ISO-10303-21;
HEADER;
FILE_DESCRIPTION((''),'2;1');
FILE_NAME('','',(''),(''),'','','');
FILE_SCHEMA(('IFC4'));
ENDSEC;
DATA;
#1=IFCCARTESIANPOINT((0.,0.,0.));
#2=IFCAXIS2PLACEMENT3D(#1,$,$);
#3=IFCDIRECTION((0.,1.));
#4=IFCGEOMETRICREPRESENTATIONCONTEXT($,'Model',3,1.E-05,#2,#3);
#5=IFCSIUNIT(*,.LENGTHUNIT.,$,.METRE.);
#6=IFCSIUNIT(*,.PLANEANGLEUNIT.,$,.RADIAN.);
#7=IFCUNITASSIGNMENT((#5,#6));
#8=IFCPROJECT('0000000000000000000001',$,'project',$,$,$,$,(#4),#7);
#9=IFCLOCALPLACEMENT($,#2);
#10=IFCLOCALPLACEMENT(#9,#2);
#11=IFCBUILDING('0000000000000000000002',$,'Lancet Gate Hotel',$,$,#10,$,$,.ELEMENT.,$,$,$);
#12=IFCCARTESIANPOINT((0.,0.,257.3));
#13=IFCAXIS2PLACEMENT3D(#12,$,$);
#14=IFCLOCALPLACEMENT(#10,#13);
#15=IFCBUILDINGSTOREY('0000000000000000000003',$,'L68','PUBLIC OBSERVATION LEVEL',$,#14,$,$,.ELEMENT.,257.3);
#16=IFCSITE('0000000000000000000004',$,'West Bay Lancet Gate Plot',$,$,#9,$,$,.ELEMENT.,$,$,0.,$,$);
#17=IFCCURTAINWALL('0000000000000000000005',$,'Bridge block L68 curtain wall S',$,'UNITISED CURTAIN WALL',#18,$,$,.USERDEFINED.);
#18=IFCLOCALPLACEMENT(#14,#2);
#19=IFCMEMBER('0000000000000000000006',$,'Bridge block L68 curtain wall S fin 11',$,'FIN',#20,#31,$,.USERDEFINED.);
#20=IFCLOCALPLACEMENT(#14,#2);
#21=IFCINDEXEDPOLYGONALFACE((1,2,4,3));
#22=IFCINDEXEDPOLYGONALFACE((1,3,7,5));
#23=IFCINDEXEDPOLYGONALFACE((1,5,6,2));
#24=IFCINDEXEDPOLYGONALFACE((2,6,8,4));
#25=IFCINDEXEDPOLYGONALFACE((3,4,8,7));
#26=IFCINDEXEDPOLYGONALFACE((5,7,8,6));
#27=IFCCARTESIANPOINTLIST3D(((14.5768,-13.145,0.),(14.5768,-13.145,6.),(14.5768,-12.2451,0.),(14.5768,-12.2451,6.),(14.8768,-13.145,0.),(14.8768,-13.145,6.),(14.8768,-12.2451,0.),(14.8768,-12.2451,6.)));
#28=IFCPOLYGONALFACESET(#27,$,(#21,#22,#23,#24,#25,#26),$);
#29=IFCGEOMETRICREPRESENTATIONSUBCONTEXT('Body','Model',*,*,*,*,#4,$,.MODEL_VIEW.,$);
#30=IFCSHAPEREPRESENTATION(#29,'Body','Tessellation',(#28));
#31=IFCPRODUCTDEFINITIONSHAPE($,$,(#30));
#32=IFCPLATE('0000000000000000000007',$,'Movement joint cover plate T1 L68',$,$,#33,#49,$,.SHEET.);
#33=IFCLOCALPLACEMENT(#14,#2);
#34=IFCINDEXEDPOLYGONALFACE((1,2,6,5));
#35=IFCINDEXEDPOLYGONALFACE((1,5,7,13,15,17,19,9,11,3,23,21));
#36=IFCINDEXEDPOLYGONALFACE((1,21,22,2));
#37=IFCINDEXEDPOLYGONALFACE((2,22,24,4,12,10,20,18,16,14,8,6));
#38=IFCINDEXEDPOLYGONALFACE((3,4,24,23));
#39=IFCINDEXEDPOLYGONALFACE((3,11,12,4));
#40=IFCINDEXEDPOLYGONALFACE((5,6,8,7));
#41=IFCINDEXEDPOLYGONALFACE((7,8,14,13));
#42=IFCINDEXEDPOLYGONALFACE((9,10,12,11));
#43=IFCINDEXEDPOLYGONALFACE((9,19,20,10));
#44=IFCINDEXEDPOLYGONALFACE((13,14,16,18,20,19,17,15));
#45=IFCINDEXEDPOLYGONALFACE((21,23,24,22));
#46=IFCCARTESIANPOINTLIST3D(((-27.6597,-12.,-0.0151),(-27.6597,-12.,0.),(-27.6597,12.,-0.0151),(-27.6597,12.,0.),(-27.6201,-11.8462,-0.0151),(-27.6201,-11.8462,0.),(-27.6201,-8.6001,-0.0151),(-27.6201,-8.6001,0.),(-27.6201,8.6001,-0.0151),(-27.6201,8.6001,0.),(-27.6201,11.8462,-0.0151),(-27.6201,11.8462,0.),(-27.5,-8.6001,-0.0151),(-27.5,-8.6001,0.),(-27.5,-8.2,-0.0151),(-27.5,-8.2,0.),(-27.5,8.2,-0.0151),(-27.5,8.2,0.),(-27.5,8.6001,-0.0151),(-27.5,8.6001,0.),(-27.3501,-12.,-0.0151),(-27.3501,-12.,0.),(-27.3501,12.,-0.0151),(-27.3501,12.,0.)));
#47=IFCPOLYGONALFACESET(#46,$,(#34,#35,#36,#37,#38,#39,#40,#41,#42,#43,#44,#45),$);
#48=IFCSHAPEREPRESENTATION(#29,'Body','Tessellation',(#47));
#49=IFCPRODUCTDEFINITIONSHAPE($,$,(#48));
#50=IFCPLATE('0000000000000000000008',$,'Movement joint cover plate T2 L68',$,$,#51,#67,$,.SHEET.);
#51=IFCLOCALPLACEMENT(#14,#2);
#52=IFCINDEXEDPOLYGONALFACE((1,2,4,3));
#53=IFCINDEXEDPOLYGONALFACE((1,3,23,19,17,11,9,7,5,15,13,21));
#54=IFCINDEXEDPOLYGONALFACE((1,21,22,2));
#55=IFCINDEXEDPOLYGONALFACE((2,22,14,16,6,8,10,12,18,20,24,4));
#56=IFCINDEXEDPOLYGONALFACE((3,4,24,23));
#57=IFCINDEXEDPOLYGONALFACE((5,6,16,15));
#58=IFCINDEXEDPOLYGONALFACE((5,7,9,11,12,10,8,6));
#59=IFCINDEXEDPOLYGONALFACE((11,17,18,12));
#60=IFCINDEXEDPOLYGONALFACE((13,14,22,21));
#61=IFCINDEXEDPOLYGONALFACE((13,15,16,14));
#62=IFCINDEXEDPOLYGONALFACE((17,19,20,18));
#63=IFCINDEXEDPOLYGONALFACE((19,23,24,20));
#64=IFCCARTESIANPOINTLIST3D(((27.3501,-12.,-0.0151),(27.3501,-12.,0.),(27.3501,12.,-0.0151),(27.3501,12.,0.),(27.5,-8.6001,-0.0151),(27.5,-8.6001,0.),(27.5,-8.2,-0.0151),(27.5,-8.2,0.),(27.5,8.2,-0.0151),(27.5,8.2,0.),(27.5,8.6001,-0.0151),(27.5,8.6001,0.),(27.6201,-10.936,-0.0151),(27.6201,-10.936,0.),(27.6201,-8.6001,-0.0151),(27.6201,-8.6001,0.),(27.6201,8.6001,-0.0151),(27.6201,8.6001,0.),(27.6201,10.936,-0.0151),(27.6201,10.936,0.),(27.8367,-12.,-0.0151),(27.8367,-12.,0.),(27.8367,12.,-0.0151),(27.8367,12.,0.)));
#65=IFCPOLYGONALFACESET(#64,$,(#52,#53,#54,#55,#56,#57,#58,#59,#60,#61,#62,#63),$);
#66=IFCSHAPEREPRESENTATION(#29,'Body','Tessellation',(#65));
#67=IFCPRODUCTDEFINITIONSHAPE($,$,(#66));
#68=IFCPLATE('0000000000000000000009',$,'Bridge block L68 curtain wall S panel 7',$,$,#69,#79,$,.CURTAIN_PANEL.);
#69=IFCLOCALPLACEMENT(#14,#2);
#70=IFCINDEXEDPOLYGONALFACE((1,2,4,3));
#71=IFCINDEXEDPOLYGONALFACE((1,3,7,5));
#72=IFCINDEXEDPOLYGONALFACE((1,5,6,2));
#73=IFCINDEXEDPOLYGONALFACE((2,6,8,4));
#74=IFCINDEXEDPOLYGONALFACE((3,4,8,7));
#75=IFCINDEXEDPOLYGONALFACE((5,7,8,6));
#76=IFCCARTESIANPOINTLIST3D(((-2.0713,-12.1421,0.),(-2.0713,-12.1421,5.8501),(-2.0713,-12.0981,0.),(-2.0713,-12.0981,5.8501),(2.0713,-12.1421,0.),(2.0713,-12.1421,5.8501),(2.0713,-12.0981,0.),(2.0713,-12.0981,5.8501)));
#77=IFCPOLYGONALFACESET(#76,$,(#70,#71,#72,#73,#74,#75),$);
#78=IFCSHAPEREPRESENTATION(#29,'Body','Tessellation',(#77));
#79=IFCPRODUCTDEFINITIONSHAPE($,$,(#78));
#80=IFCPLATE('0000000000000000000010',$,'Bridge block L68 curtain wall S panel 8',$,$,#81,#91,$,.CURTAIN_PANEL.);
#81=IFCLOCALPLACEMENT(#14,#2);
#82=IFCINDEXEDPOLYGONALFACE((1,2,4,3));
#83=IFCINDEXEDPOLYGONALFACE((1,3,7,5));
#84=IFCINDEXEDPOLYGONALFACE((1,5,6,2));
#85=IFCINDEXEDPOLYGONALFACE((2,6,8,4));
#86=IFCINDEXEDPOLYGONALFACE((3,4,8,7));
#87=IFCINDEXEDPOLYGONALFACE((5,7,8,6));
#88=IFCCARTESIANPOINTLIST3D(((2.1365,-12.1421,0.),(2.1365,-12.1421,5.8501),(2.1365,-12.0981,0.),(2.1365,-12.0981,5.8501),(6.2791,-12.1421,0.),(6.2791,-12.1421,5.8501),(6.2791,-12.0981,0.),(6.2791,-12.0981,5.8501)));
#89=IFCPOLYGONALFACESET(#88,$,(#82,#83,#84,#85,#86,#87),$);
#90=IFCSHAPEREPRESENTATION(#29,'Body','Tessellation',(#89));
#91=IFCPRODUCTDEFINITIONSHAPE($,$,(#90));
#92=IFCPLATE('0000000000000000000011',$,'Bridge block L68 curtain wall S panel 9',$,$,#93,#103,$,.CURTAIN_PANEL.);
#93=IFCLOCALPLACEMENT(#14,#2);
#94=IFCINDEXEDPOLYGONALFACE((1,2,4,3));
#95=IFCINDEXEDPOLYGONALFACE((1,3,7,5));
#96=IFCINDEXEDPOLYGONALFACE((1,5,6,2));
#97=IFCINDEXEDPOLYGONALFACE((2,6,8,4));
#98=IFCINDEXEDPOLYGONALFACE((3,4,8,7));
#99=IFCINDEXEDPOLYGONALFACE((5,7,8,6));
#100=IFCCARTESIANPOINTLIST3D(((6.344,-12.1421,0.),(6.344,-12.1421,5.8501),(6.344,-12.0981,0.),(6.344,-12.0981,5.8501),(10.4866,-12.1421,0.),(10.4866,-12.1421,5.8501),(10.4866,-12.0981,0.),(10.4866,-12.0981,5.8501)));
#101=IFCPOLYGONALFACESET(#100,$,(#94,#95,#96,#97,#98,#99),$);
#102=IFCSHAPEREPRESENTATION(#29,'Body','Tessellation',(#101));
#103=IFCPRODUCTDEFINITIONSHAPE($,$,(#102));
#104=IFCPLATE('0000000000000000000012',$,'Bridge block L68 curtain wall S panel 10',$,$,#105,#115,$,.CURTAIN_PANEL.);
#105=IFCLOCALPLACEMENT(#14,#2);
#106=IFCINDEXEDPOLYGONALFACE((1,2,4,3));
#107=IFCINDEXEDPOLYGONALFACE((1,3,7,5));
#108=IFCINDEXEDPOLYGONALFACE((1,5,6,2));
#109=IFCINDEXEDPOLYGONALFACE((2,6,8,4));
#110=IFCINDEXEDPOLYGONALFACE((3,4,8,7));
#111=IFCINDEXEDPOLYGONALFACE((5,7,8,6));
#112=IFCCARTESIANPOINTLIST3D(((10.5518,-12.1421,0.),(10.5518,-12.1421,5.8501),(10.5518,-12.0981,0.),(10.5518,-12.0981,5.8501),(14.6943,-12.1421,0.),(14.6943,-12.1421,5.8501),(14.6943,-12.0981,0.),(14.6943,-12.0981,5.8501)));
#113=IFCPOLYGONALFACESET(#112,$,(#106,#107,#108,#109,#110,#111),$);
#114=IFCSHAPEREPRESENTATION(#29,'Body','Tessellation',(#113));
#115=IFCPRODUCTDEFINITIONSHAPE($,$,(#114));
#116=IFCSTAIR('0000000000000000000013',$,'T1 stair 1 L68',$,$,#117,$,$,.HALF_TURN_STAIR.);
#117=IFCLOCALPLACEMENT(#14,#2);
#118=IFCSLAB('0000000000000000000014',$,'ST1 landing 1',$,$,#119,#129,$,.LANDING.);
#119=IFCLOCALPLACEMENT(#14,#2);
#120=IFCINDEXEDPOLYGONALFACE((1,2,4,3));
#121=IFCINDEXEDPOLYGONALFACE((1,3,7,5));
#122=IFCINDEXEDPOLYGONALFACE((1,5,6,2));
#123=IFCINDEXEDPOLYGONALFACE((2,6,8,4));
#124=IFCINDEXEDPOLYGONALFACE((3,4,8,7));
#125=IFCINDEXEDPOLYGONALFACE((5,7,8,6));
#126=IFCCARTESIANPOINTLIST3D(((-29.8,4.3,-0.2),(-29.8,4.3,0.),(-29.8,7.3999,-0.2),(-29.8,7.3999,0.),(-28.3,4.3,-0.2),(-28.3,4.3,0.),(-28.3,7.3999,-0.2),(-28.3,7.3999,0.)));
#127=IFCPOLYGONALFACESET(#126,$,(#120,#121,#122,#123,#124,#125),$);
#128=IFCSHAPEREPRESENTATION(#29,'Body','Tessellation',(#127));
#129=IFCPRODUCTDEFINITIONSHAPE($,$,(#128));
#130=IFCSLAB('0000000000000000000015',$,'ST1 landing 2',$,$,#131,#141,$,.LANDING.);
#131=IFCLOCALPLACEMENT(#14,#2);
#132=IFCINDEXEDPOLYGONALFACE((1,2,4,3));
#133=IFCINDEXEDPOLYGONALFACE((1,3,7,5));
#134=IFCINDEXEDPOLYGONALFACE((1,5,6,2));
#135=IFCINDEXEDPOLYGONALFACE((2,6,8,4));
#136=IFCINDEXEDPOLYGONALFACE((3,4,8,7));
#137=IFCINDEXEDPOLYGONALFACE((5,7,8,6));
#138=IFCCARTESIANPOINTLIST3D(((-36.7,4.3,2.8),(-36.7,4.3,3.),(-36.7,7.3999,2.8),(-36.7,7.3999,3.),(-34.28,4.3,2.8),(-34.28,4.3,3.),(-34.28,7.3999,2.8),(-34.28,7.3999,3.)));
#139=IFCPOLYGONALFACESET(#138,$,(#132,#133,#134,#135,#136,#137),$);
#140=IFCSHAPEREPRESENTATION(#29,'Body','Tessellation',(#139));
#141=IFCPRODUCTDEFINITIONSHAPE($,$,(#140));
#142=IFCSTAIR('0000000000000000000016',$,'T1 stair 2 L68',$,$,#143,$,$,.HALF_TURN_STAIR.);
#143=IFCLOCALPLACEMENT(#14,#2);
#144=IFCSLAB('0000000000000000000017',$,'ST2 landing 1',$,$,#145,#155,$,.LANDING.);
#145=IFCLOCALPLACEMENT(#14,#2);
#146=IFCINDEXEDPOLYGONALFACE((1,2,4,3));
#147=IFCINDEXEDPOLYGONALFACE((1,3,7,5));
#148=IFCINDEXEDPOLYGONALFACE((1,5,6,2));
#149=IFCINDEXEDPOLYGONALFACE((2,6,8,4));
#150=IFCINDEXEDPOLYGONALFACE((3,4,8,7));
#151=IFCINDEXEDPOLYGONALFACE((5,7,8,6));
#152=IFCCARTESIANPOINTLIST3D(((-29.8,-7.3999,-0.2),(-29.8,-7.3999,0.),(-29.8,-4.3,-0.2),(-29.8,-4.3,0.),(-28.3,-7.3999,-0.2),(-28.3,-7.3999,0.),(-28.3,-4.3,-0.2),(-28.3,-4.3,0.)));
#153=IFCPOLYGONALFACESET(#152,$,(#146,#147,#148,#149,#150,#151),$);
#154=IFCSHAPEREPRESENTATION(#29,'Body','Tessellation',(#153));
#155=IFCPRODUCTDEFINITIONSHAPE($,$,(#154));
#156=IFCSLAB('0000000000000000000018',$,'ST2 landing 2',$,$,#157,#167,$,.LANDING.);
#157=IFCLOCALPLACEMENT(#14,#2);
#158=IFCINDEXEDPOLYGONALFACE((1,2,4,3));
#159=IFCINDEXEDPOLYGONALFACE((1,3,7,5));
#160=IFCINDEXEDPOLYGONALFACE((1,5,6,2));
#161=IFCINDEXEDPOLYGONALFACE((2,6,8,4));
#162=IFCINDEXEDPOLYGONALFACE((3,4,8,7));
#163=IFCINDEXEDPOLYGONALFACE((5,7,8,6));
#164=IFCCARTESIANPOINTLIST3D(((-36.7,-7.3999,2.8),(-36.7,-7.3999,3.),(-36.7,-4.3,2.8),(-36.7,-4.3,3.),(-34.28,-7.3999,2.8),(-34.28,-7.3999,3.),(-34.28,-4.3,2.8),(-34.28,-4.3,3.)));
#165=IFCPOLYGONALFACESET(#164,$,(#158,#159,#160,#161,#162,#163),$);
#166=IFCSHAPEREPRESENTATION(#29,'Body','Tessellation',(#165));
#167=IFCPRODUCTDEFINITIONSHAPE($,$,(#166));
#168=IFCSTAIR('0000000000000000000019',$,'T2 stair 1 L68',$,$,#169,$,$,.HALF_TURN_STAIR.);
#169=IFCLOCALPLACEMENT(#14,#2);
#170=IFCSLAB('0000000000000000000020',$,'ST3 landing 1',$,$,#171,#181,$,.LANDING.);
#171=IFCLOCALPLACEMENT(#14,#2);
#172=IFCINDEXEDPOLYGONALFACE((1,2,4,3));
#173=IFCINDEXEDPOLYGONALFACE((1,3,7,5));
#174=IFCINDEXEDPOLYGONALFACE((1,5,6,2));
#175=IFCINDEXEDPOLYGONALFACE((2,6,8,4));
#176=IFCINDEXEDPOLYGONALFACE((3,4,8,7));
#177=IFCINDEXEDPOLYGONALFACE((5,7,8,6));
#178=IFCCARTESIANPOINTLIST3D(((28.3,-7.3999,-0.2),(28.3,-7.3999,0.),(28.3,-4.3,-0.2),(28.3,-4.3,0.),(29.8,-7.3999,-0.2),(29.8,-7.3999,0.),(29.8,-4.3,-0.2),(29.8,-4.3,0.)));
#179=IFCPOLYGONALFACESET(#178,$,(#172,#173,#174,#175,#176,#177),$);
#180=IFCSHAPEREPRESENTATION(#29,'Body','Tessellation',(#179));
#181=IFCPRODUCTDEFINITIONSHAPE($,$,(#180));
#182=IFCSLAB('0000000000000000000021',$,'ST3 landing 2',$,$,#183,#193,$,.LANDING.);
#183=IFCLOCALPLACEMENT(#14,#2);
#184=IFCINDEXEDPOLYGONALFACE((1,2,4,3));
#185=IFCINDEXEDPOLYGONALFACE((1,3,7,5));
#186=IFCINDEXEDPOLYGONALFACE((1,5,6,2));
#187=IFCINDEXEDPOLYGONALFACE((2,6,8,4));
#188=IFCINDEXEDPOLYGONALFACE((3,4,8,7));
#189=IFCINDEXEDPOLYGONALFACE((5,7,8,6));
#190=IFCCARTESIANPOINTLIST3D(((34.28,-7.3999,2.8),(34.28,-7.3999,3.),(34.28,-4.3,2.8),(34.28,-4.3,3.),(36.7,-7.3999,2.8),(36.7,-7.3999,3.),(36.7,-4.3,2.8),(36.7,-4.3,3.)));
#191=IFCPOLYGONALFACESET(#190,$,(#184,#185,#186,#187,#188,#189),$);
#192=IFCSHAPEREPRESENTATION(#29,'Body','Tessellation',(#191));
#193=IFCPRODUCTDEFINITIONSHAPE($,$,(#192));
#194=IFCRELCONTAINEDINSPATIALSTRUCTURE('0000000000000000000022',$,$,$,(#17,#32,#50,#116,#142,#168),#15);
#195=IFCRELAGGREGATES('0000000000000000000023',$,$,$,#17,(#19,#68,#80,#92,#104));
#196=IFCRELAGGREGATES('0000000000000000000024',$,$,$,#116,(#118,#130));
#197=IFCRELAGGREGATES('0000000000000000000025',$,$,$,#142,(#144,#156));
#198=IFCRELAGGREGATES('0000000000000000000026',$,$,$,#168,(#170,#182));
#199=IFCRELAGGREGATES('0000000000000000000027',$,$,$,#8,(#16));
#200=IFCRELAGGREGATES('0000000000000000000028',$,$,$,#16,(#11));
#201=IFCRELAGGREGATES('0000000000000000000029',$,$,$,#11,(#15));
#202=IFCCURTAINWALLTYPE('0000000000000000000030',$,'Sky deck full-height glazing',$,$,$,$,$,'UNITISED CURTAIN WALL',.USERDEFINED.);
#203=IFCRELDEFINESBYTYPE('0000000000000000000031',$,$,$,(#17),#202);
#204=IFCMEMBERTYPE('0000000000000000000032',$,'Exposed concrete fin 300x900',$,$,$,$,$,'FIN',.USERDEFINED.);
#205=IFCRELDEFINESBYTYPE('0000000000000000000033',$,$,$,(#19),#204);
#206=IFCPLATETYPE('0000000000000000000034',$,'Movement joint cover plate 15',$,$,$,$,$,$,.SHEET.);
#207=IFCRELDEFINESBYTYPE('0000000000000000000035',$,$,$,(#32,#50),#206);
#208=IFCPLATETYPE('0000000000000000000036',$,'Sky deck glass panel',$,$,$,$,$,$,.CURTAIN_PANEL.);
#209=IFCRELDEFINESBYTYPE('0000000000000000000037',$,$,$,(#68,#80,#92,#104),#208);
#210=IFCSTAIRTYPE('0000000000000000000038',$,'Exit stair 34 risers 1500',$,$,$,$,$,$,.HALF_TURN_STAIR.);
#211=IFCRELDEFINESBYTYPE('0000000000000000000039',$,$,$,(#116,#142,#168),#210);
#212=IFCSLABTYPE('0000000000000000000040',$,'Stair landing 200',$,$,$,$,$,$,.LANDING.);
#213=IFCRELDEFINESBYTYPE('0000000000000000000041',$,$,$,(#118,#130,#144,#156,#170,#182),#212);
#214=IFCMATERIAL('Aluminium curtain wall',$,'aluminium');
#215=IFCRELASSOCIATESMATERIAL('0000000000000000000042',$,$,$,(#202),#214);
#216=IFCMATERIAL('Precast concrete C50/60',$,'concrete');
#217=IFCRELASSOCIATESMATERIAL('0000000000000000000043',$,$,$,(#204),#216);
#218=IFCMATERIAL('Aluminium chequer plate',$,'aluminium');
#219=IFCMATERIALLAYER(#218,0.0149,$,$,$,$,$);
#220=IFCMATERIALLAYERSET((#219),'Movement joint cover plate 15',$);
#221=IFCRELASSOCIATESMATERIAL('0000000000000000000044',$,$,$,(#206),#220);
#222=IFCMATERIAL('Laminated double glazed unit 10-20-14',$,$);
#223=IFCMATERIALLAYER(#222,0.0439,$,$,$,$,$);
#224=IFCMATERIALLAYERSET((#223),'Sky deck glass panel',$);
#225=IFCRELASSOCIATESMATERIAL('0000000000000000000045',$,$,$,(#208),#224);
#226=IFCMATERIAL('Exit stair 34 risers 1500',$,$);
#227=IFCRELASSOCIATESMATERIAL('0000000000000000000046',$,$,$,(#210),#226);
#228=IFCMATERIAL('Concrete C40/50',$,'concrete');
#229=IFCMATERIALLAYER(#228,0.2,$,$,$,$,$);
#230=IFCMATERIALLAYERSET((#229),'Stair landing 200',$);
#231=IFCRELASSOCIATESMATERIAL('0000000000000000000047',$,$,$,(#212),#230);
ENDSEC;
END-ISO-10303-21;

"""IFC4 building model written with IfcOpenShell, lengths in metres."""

from ifc_helpers import new_model, si_unit, direction, frame, origin, origin_2d, place, context, subcontext, project, spatial, polyline, rectangle, outline, extrude, material, layer, layer_set, material_profile, profile_set, type_object, element, aggregate, save


model = new_model("IFC4")

# Units and contexts
model_context = context("Model", 3, precision=1e-05, world=origin(), true_north=direction((0.0, 1.0)))
body_context = subcontext(model_context, "Body", "Model", "MODEL_VIEW")
ifc_project = project(units=[si_unit("LENGTHUNIT", "METRE"), si_unit("PLANEANGLEUNIT", "RADIAN")], contexts=[model_context])

# Site, building, storey
site_placement = place(None, origin())
site = spatial("IfcSite", under=ifc_project, at=site_placement, Name="West Bay Lancet Gate Plot", CompositionType="ELEMENT", RefElevation=0.0)
building_placement = place(site_placement, origin())
building = spatial("IfcBuilding", under=site, at=building_placement, Name="Lancet Gate Hotel", CompositionType="ELEMENT")
storey_placement = place(building_placement, frame((0.0, 0.0, 257.3)))
storey = spatial("IfcBuildingStorey", under=building, at=storey_placement, Name="L68", Description="PUBLIC OBSERVATION LEVEL", CompositionType="ELEMENT", Elevation=257.3)

# Curtain wall
ifc_material_1 = material(Name="Aluminium curtain wall", Category="aluminium")
curtain_wall_type = type_object("IfcCurtainWallType", Name="Sky deck full-height glazing", ElementType="UNITISED CURTAIN WALL", PredefinedType="USERDEFINED", material=ifc_material_1)
curtain_wall_placement = place(storey_placement, origin())
curtain_wall = element("IfcCurtainWall", 1, at=curtain_wall_placement, inside=storey, type_object=curtain_wall_type, Name="Bridge block L68 curtain wall S", ObjectType="UNITISED CURTAIN WALL", PredefinedType="USERDEFINED")

# Member
ifc_material_2 = material(Name="Precast concrete C50/60", Category="concrete")
ifc_material_profile_1 = material_profile(ifc_material_2, rectangle(XDim=0.3, YDim=0.8999, at=origin_2d()), Name="FIN 300x900")
ifc_profile_set_1 = profile_set([ifc_material_profile_1], Name="Precast concrete C50/60")
member_type_1 = type_object("IfcMemberType", Name="Exposed concrete fin 300x900", ElementType="FIN", PredefinedType="USERDEFINED", material=ifc_profile_set_1)
member_1_placement = place(storey_placement, frame((14.7268, -12.6951, 0.0), z_axis=(0.0, 0.0, 1.0), x_axis=(1.0, 0.0, 0.0)))
member_1 = element("IfcMember", 2, at=member_1_placement, type_object=member_type_1, Name="Bridge block L68 curtain wall S fin 11", ObjectType="FIN", PredefinedType="USERDEFINED", context=body_context, shape_type="SweptSolid", body=[
    extrude(rectangle(XDim=0.3, YDim=0.8999, at=origin_2d()), origin(), (0.0, 0.0, 1.0), 6.0),
])

# Plates
ifc_material_3 = material(Name="Aluminium chequer plate", Category="aluminium")
ifc_layer_1 = layer(ifc_material_3, 0.0149)
ifc_layer_set_1 = layer_set([ifc_layer_1], Name="Movement joint cover plate 15")
plate_type_1 = type_object("IfcPlateType", Name="Movement joint cover plate 15", PredefinedType="SHEET", material=ifc_layer_set_1)
plate_1_placement = place(storey_placement, frame((0.0, 0.0, -0.0151)))
element("IfcPlate", 3, at=plate_1_placement, inside=storey, type_object=plate_type_1, Name="Movement joint cover plate T1 L68", PredefinedType="SHEET", context=body_context, shape_type="SweptSolid", body=[
    extrude(outline(polyline([(-27.3501, 12.0), (-27.6597, 12.0), (-27.6201, 11.8462), (-27.6201, 8.6001), (-27.5, 8.6001), (-27.5, 8.2), (-27.5, -8.2), (-27.5, -8.6001), (-27.6201, -8.6001), (-27.6201, -11.8462), (-27.6597, -12.0), (-27.3501, -12.0), (-27.3501, 12.0)])), origin(), (0.0, 0.0, 1.0), 0.0151),
])
plate_2_placement = place(storey_placement, frame((0.0, 0.0, -0.0151)))
element("IfcPlate", 4, at=plate_2_placement, inside=storey, type_object=plate_type_1, Name="Movement joint cover plate T2 L68", PredefinedType="SHEET", context=body_context, shape_type="SweptSolid", body=[
    extrude(outline(polyline([(27.3501, -12.0), (27.8367, -12.0), (27.6201, -10.936), (27.6201, -8.6001), (27.5, -8.6001), (27.5, -8.2), (27.5, 8.2), (27.5, 8.6001), (27.6201, 8.6001), (27.6201, 10.936), (27.8367, 12.0), (27.3501, 12.0), (27.3501, -12.0)])), origin(), (0.0, 0.0, 1.0), 0.0151),
])

# Plates
ifc_material_4 = material(Name="Laminated double glazed unit 10-20-14")
ifc_layer_2 = layer(ifc_material_4, 0.0439)
ifc_layer_set_2 = layer_set([ifc_layer_2], Name="Sky deck glass panel")
plate_type_2 = type_object("IfcPlateType", Name="Sky deck glass panel", PredefinedType="CURTAIN_PANEL", material=ifc_layer_set_2)
plate_3_placement = place(storey_placement, frame((0.0, -12.1201, 0.0), z_axis=(0.0, 0.0, 1.0), x_axis=(1.0, 0.0, 0.0)))
plate_3 = element("IfcPlate", 5, at=plate_3_placement, type_object=plate_type_2, Name="Bridge block L68 curtain wall S panel 7", PredefinedType="CURTAIN_PANEL", context=body_context, shape_type="SweptSolid", body=[
    extrude(rectangle(XDim=4.1426, YDim=0.0439, at=origin_2d()), origin(), (0.0, 0.0, 1.0), 5.8501),
])
plate_4_placement = place(storey_placement, frame((4.2078, -12.1201, 0.0), z_axis=(0.0, 0.0, 1.0), x_axis=(1.0, 0.0, 0.0)))
plate_4 = element("IfcPlate", 6, at=plate_4_placement, type_object=plate_type_2, Name="Bridge block L68 curtain wall S panel 8", PredefinedType="CURTAIN_PANEL", context=body_context, shape_type="SweptSolid", body=[
    extrude(rectangle(XDim=4.1426, YDim=0.0439, at=origin_2d()), origin(), (0.0, 0.0, 1.0), 5.8501),
])
plate_5_placement = place(storey_placement, frame((8.4153, -12.1201, 0.0), z_axis=(0.0, 0.0, 1.0), x_axis=(1.0, 0.0, 0.0)))
plate_5 = element("IfcPlate", 7, at=plate_5_placement, type_object=plate_type_2, Name="Bridge block L68 curtain wall S panel 9", PredefinedType="CURTAIN_PANEL", context=body_context, shape_type="SweptSolid", body=[
    extrude(rectangle(XDim=4.1426, YDim=0.0439, at=origin_2d()), origin(), (0.0, 0.0, 1.0), 5.8501),
])
plate_6_placement = place(storey_placement, frame((12.623, -12.1201, 0.0), z_axis=(0.0, 0.0, 1.0), x_axis=(1.0, 0.0, 0.0)))
plate_6 = element("IfcPlate", 8, at=plate_6_placement, type_object=plate_type_2, Name="Bridge block L68 curtain wall S panel 10", PredefinedType="CURTAIN_PANEL", context=body_context, shape_type="SweptSolid", body=[
    extrude(rectangle(XDim=4.1426, YDim=0.0439, at=origin_2d()), origin(), (0.0, 0.0, 1.0), 5.8501),
])
aggregate(curtain_wall, [member_1, plate_3, plate_4, plate_5, plate_6])

# Stairs, slabs
ifc_material_5 = material(Name="Exit stair 34 risers 1500")
stair_type = type_object("IfcStairType", Name="Exit stair 34 risers 1500", PredefinedType="HALF_TURN_STAIR", material=ifc_material_5)
stair_1_placement = place(storey_placement, origin())
stair_1 = element("IfcStair", 9, at=stair_1_placement, inside=storey, type_object=stair_type, Name="T1 stair 1 L68", PredefinedType="HALF_TURN_STAIR")
ifc_material_6 = material(Name="Concrete C40/50", Category="concrete")
ifc_layer_3 = layer(ifc_material_6, 0.2)
ifc_layer_set_3 = layer_set([ifc_layer_3], Name="Stair landing 200")
slab_type = type_object("IfcSlabType", Name="Stair landing 200", PredefinedType="LANDING", material=ifc_layer_set_3)
slab_1_placement = place(storey_placement, frame((0.0, 0.0, -0.2)))
slab_1 = element("IfcSlab", 10, at=slab_1_placement, type_object=slab_type, Name="ST1 landing 1", PredefinedType="LANDING", context=body_context, shape_type="SweptSolid", body=[
    extrude(outline(polyline([(-28.3, 7.3999), (-29.8, 7.3999), (-29.8, 4.3), (-28.3, 4.3), (-28.3, 7.3999)])), origin(), (0.0, 0.0, 1.0), 0.2),
])
slab_2_placement = place(storey_placement, frame((0.0, 0.0, 2.8)))
slab_2 = element("IfcSlab", 11, at=slab_2_placement, type_object=slab_type, Name="ST1 landing 2", PredefinedType="LANDING", context=body_context, shape_type="SweptSolid", body=[
    extrude(outline(polyline([(-34.28, 7.3999), (-36.7, 7.3999), (-36.7, 4.3), (-34.28, 4.3), (-34.28, 7.3999)])), origin(), (0.0, 0.0, 1.0), 0.2),
])
aggregate(stair_1, [slab_1, slab_2])
stair_2_placement = place(storey_placement, origin())
stair_2 = element("IfcStair", 12, at=stair_2_placement, inside=storey, type_object=stair_type, Name="T1 stair 2 L68", PredefinedType="HALF_TURN_STAIR")
slab_3_placement = place(storey_placement, frame((0.0, 0.0, -0.2)))
slab_3 = element("IfcSlab", 13, at=slab_3_placement, type_object=slab_type, Name="ST2 landing 1", PredefinedType="LANDING", context=body_context, shape_type="SweptSolid", body=[
    extrude(outline(polyline([(-28.3, -4.3), (-29.8, -4.3), (-29.8, -7.3999), (-28.3, -7.3999), (-28.3, -4.3)])), origin(), (0.0, 0.0, 1.0), 0.2),
])
slab_4_placement = place(storey_placement, frame((0.0, 0.0, 2.8)))
slab_4 = element("IfcSlab", 14, at=slab_4_placement, type_object=slab_type, Name="ST2 landing 2", PredefinedType="LANDING", context=body_context, shape_type="SweptSolid", body=[
    extrude(outline(polyline([(-34.28, -4.3), (-36.7, -4.3), (-36.7, -7.3999), (-34.28, -7.3999), (-34.28, -4.3)])), origin(), (0.0, 0.0, 1.0), 0.2),
])
aggregate(stair_2, [slab_3, slab_4])
stair_3_placement = place(storey_placement, origin())
stair_3 = element("IfcStair", 15, at=stair_3_placement, inside=storey, type_object=stair_type, Name="T2 stair 1 L68", PredefinedType="HALF_TURN_STAIR")
slab_5_placement = place(storey_placement, frame((0.0, 0.0, -0.2)))
slab_5 = element("IfcSlab", 16, at=slab_5_placement, type_object=slab_type, Name="ST3 landing 1", PredefinedType="LANDING", context=body_context, shape_type="SweptSolid", body=[
    extrude(outline(polyline([(28.3, -7.3999), (29.8, -7.3999), (29.8, -4.3), (28.3, -4.3), (28.3, -7.3999)])), origin(), (0.0, 0.0, 1.0), 0.2),
])
slab_6_placement = place(storey_placement, frame((0.0, 0.0, 2.8)))
slab_6 = element("IfcSlab", 17, at=slab_6_placement, type_object=slab_type, Name="ST3 landing 2", PredefinedType="LANDING", context=body_context, shape_type="SweptSolid", body=[
    extrude(outline(polyline([(34.28, -7.3999), (36.7, -7.3999), (36.7, -4.3), (34.28, -4.3), (34.28, -7.3999)])), origin(), (0.0, 0.0, 1.0), 0.2),
])
aggregate(stair_3, [slab_5, slab_6])

save(model, "model.ifc")
